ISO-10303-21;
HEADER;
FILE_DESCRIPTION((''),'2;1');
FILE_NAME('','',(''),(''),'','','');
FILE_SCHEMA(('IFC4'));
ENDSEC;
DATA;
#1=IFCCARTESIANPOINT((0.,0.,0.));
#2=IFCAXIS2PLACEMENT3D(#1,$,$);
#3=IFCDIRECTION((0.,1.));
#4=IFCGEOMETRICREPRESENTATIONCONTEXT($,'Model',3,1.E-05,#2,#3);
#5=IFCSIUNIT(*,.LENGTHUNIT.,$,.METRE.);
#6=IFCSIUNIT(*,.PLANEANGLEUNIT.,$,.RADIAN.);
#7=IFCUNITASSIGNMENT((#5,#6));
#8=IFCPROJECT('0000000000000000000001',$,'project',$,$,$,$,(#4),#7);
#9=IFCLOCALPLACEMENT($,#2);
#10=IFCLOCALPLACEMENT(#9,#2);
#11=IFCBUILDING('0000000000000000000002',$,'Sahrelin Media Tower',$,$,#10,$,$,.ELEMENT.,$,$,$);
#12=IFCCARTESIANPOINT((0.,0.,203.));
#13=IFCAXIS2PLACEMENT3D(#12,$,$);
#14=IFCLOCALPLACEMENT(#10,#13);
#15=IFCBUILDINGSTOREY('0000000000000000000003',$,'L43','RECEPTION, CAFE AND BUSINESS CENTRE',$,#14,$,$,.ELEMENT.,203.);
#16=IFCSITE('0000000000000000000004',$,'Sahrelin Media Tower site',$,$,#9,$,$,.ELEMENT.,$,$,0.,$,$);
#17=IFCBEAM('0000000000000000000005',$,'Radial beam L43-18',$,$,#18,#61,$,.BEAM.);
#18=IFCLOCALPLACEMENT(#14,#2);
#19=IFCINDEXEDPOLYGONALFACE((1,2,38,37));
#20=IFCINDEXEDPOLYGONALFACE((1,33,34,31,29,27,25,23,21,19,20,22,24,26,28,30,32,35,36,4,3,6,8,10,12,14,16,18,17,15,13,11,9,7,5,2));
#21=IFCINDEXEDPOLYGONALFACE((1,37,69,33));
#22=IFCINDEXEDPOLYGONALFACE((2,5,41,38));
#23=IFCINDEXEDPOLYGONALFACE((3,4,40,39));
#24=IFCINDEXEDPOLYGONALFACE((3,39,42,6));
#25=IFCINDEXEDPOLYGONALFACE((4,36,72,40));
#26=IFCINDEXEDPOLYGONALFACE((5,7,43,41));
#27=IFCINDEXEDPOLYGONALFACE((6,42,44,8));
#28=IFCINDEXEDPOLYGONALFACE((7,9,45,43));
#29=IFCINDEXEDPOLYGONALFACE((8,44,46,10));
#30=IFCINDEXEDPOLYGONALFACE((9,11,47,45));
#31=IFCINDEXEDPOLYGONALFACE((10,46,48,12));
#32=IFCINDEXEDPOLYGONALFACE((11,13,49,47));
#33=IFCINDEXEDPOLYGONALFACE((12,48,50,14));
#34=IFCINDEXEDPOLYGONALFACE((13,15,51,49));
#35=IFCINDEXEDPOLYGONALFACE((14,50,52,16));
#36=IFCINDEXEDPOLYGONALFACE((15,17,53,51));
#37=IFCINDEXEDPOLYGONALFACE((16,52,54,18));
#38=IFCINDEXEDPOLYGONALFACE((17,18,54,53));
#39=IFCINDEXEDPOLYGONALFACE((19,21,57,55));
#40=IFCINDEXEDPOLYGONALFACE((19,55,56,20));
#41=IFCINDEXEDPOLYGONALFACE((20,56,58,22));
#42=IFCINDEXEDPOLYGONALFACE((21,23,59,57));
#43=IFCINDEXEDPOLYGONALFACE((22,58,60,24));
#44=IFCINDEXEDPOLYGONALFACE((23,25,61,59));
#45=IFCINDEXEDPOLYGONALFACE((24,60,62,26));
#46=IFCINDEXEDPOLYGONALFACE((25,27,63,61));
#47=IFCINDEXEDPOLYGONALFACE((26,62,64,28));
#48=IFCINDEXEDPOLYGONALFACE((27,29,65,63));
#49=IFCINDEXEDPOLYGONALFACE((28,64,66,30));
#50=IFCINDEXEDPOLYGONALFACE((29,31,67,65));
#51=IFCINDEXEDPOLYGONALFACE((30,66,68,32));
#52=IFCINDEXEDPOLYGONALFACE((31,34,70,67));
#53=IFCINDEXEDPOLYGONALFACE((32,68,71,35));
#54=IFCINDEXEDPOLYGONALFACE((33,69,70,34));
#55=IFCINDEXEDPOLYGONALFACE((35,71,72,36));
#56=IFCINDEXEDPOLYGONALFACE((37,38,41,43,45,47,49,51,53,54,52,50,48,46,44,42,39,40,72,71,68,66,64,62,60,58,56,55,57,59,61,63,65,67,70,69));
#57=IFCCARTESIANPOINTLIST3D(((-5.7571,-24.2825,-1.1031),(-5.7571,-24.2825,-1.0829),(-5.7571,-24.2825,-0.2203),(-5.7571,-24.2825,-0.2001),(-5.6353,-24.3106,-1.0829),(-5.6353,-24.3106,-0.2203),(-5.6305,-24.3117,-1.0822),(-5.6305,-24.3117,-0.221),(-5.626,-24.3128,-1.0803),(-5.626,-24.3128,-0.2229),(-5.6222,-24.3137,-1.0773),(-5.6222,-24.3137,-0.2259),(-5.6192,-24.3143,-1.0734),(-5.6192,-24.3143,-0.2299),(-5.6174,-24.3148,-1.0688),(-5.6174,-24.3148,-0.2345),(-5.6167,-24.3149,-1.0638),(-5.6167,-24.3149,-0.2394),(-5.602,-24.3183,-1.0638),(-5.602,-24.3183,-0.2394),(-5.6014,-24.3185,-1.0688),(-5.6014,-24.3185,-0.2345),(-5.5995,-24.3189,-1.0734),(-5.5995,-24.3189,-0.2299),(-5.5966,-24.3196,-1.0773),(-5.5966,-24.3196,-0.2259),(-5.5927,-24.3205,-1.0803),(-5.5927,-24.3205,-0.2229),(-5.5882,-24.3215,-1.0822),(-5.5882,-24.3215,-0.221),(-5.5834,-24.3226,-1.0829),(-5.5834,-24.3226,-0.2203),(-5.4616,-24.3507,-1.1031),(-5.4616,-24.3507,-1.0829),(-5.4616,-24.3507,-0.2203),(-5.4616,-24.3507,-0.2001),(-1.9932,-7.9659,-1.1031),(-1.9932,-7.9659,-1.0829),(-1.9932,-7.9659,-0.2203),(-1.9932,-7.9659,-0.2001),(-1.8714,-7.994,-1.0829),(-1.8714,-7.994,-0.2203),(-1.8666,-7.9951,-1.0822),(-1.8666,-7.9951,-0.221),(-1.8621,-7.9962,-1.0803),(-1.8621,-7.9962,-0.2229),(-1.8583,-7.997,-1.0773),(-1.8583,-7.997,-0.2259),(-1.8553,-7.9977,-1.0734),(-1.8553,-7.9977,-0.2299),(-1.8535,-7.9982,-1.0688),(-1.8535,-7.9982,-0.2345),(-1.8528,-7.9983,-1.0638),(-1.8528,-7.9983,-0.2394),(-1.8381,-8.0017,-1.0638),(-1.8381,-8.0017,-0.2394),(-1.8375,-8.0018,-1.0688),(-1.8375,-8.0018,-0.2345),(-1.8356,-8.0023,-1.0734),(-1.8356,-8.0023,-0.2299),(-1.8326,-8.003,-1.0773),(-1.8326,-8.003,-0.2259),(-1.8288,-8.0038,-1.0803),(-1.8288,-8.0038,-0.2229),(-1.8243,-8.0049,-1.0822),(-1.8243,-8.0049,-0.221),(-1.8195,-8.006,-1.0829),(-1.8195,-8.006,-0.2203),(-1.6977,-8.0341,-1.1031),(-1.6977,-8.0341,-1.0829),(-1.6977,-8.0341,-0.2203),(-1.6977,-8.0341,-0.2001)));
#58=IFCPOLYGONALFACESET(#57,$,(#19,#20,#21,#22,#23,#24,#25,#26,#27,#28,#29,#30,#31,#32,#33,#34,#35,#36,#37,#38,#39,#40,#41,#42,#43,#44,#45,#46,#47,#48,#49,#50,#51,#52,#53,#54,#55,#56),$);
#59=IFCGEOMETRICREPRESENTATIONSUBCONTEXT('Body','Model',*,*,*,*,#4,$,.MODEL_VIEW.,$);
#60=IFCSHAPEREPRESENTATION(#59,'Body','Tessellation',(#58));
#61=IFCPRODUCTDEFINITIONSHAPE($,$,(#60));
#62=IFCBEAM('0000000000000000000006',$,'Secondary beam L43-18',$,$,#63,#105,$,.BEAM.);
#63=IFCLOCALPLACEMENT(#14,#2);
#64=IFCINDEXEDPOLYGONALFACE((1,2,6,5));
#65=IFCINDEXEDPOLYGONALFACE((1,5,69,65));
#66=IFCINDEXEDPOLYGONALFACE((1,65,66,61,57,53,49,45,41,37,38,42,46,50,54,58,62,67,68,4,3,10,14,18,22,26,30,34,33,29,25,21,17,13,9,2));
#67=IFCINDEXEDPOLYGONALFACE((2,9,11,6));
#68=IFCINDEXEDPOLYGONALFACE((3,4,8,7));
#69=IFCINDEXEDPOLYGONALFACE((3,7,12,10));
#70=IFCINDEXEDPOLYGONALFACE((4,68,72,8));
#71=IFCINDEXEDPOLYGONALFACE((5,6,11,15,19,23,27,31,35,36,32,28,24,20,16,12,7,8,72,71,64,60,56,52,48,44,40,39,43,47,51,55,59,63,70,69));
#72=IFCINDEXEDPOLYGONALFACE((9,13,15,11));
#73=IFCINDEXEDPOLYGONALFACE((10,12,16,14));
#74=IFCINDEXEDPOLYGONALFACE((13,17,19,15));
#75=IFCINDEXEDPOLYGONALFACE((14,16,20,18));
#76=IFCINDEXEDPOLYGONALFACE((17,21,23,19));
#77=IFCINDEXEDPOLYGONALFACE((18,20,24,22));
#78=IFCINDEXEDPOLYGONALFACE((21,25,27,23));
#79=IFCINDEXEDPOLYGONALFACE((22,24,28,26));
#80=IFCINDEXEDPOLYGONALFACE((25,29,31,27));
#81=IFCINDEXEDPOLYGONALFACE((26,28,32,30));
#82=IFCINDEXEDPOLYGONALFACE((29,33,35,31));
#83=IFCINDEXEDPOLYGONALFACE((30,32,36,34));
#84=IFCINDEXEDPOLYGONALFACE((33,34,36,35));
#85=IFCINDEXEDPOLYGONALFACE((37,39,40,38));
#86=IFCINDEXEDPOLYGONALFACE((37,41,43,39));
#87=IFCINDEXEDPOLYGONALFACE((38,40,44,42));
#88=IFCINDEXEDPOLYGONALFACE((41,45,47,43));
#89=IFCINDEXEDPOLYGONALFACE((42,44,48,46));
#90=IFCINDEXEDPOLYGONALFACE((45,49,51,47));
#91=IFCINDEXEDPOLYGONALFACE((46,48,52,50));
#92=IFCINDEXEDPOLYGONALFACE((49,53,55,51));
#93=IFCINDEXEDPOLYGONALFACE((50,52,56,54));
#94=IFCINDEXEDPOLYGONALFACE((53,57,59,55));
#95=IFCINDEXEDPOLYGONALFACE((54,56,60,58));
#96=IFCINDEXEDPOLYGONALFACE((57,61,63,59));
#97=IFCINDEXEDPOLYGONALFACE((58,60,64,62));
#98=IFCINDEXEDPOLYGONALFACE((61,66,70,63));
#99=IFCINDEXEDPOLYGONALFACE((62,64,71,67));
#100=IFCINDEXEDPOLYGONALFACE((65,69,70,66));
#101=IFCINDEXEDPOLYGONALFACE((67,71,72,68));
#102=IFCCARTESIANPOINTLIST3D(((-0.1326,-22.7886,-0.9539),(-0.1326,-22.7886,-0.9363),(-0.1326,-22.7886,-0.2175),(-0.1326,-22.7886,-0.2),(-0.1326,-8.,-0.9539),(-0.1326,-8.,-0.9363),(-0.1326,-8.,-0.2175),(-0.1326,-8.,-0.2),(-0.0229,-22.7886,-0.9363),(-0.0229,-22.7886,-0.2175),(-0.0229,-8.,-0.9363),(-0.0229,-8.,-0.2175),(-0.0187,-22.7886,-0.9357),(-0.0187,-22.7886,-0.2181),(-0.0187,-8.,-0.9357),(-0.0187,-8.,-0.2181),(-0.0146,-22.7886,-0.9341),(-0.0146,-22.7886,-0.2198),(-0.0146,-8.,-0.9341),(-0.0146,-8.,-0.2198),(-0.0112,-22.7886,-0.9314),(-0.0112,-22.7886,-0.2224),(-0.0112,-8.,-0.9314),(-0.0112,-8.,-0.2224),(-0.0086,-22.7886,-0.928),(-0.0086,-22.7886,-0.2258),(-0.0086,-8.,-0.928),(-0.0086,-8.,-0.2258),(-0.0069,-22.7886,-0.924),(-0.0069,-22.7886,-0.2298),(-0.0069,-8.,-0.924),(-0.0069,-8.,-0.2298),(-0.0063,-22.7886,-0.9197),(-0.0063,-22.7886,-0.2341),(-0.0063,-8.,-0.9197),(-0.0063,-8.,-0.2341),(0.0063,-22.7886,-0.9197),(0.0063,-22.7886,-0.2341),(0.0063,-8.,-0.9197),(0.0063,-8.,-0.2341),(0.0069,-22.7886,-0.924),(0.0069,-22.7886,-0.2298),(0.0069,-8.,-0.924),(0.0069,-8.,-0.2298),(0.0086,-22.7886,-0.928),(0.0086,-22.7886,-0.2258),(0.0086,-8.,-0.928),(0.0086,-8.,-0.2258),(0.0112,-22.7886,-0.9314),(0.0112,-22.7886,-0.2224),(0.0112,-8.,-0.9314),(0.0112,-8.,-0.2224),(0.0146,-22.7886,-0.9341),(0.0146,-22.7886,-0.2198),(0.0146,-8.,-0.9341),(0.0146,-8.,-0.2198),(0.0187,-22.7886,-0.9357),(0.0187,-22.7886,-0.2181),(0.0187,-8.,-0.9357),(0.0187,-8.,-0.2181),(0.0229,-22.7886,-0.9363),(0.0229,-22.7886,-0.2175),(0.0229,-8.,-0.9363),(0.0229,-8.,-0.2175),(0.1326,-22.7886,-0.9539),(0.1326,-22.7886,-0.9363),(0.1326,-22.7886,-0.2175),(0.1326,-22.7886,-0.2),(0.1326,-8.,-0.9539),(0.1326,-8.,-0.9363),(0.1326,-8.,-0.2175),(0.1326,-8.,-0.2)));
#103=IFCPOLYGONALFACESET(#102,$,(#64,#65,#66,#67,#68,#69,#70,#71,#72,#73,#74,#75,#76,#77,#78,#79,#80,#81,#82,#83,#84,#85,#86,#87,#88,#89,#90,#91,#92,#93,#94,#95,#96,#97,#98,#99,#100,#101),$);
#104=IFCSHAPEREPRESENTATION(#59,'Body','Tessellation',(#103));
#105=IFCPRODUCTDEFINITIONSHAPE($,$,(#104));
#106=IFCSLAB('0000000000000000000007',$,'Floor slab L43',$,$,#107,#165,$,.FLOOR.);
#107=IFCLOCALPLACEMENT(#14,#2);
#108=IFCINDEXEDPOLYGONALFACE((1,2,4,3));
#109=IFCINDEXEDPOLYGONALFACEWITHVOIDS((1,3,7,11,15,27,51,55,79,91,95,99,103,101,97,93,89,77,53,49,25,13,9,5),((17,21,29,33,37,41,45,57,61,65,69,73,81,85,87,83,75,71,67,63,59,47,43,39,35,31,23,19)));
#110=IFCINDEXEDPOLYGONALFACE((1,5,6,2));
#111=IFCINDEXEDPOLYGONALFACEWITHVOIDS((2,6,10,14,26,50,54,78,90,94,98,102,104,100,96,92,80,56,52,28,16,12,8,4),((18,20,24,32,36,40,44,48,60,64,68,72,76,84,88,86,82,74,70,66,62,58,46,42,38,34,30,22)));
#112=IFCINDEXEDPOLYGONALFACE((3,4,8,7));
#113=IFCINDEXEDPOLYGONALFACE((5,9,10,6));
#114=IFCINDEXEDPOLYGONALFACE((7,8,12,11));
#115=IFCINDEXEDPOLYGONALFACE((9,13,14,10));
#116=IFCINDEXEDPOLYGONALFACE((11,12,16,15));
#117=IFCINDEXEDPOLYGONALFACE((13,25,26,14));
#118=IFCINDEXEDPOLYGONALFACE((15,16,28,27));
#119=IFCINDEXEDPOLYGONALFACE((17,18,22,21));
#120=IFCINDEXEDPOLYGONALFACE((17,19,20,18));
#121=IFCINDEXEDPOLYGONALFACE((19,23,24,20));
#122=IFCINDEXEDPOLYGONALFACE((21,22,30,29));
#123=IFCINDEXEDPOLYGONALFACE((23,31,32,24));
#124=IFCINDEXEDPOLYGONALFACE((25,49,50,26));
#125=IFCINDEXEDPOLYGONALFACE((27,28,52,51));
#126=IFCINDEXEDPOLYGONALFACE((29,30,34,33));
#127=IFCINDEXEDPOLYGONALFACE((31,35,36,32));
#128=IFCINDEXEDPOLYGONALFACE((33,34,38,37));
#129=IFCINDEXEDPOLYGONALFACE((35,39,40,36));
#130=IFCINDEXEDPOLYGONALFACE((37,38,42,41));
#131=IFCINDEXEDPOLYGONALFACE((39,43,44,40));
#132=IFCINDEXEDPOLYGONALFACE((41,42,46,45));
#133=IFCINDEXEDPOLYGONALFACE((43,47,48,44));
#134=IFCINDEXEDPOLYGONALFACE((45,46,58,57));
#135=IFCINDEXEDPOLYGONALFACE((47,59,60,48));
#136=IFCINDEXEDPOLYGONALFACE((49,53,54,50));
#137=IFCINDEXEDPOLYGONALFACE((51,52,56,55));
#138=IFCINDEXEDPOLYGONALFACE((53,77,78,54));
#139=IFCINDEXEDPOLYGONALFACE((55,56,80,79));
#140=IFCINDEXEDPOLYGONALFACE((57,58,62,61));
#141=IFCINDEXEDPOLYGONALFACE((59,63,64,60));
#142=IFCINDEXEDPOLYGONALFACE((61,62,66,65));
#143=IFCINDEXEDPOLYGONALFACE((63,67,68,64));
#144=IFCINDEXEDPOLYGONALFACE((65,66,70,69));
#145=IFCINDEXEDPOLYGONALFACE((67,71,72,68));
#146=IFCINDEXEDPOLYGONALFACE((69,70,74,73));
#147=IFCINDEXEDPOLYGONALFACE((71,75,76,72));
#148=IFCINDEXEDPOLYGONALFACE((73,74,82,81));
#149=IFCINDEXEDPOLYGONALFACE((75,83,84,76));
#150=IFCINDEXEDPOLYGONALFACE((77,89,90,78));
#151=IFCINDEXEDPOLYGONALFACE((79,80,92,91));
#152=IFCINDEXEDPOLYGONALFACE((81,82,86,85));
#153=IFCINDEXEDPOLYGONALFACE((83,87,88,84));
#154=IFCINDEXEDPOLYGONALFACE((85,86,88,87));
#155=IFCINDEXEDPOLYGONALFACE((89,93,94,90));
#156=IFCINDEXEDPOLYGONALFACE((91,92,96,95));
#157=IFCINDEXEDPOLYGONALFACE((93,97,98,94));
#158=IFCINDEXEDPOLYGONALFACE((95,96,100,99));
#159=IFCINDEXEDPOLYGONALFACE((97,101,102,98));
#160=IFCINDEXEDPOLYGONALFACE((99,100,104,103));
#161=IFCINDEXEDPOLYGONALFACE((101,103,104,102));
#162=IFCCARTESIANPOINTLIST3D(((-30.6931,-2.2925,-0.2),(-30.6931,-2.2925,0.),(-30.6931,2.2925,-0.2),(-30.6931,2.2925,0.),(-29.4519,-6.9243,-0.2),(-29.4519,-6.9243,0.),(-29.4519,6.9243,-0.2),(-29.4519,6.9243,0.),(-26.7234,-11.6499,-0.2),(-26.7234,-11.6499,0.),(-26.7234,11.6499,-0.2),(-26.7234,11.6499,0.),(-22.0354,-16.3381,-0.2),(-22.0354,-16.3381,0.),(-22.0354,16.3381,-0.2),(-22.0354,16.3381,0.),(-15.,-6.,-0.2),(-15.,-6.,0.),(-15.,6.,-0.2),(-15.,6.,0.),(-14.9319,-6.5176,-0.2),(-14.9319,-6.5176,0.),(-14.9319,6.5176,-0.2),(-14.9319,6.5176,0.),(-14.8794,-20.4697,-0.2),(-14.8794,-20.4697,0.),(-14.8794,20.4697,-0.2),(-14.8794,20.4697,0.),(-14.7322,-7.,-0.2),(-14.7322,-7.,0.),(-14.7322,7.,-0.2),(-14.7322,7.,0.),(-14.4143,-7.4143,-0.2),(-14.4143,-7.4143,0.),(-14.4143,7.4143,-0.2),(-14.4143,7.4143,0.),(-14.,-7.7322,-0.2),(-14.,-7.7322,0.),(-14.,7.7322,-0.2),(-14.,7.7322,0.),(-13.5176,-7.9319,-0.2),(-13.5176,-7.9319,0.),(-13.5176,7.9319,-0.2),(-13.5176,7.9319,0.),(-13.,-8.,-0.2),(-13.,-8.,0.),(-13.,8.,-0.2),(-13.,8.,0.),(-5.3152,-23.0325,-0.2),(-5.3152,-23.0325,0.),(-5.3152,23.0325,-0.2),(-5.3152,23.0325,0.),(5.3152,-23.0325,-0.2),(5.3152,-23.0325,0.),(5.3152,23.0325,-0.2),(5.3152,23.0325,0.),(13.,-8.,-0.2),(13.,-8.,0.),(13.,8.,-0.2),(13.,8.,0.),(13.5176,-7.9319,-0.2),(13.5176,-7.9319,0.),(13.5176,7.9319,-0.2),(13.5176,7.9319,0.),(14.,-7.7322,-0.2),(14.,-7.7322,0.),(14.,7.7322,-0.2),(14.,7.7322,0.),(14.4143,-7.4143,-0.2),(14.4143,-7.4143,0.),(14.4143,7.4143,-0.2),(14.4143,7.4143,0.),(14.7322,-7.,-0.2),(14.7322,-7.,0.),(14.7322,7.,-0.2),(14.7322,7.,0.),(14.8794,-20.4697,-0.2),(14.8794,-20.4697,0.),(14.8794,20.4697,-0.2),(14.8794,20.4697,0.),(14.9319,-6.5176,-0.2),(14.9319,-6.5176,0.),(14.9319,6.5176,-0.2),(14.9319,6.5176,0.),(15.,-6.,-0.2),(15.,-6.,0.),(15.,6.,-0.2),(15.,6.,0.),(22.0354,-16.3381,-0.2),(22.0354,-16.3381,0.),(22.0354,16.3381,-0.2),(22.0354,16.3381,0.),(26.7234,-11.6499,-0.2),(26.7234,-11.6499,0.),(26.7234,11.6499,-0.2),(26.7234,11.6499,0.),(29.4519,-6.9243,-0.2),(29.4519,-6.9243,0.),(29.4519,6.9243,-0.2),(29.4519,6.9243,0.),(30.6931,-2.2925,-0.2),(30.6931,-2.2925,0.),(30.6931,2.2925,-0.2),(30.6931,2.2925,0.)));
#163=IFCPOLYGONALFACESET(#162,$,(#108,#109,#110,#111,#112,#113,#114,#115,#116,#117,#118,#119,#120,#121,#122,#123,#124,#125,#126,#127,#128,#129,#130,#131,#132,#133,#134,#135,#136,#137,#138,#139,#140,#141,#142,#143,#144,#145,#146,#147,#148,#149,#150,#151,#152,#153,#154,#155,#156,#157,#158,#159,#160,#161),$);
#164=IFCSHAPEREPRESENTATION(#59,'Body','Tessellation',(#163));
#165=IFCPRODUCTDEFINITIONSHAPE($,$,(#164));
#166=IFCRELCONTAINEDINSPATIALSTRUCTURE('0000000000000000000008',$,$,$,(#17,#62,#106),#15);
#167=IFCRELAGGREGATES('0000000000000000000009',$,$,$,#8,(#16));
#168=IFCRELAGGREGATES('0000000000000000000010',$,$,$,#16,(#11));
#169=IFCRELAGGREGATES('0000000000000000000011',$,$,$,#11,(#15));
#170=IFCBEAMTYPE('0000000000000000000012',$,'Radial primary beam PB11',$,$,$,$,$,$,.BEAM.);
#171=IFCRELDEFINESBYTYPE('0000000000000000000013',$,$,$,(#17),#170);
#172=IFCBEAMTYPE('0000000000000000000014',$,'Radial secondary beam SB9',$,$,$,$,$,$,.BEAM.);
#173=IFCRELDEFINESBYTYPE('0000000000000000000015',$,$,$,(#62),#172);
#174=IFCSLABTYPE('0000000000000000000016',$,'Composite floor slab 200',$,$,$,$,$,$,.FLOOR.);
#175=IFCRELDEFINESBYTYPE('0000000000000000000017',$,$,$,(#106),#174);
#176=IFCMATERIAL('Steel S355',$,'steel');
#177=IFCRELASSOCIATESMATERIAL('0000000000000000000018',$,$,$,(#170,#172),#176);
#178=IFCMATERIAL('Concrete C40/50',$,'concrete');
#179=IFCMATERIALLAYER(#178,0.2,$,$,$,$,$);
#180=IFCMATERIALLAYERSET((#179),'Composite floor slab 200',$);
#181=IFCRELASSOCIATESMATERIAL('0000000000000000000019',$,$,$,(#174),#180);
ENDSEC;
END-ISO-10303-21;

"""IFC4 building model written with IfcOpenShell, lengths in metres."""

from ifc_helpers import new_model, si_unit, direction, frame, origin, origin_2d, place, context, subcontext, project, spatial, polyline, i_section, outline, extrude, material, layer, layer_set, material_profile, profile_set, type_object, element, save


model = new_model("IFC4")

# Units and contexts
model_context = context("Model", 3, precision=1e-05, world=origin(), true_north=direction((0.0, 1.0)))
body_context = subcontext(model_context, "Body", "Model", "MODEL_VIEW")
ifc_project = project(units=[si_unit("LENGTHUNIT", "METRE"), si_unit("PLANEANGLEUNIT", "RADIAN")], contexts=[model_context])

# Site, building, storey
site_placement = place(None, origin())
site = spatial("IfcSite", under=ifc_project, at=site_placement, Name="Sahrelin Media Tower site", CompositionType="ELEMENT", RefElevation=0.0)
building_placement = place(site_placement, origin())
building = spatial("IfcBuilding", under=site, at=building_placement, Name="Sahrelin Media Tower", CompositionType="ELEMENT")
storey_placement = place(building_placement, frame((0.0, 0.0, 203.0)))
storey = spatial("IfcBuildingStorey", under=building, at=storey_placement, Name="L43", Description="RECEPTION, CAFE AND BUSINESS CENTRE", CompositionType="ELEMENT", Elevation=203.0)

# Beams
ifc_material_1 = material(Name="Steel S355", Category="steel")
ifc_material_profile_1 = material_profile(ifc_material_1, i_section(OverallWidth=0.3032, OverallDepth=0.9031, WebThickness=0.0151, FlangeThickness=0.0203, FilletRadius=0.019, at=origin_2d()), Name="UB 914x305x201")
ifc_profile_set_1 = profile_set([ifc_material_profile_1], Name="Steel S355")
beam_type_1 = type_object("IfcBeamType", Name="Radial primary beam PB11", PredefinedType="BEAM", material=ifc_profile_set_1)
beam_1_placement = place(storey_placement, frame((-1.8455, -8.0, -0.6516), z_axis=(-0.224776, -0.97441, 0.0), x_axis=(0.97441, -0.224776, 0.0)))
element("IfcBeam", 1, at=beam_1_placement, inside=storey, type_object=beam_type_1, Name="Radial beam L43-18", PredefinedType="BEAM", context=body_context, shape_type="SweptSolid", body=[
    extrude(i_section(OverallWidth=0.3032, OverallDepth=0.9031, WebThickness=0.0151, FlangeThickness=0.0203, FilletRadius=0.019, at=origin_2d()), origin(), (0.0, 0.0, 1.0), 16.7451),
])
ifc_material_profile_2 = material_profile(ifc_material_1, i_section(OverallWidth=0.2651, OverallDepth=0.7539, WebThickness=0.0127, FlangeThickness=0.0176, FilletRadius=0.0166, at=origin_2d()), Name="UB 762x267x147")
ifc_profile_set_2 = profile_set([ifc_material_profile_2], Name="Steel S355")
beam_type_2 = type_object("IfcBeamType", Name="Radial secondary beam SB9", PredefinedType="BEAM", material=ifc_profile_set_2)
beam_2_placement = place(storey_placement, frame((0.0, -8.0, -0.5769), z_axis=(0.0, -1.0, 0.0), x_axis=(1.0, 0.0, 0.0)))
element("IfcBeam", 2, at=beam_2_placement, inside=storey, type_object=beam_type_2, Name="Secondary beam L43-18", PredefinedType="BEAM", context=body_context, shape_type="SweptSolid", body=[
    extrude(i_section(OverallWidth=0.2651, OverallDepth=0.7539, WebThickness=0.0127, FlangeThickness=0.0176, FilletRadius=0.0166, at=origin_2d()), origin(), (0.0, 0.0, 1.0), 14.7886),
])

# Slab
ifc_material_2 = material(Name="Concrete C40/50", Category="concrete")
ifc_layer_1 = layer(ifc_material_2, 0.2)
ifc_layer_set_1 = layer_set([ifc_layer_1], Name="Composite floor slab 200")
slab_type = type_object("IfcSlabType", Name="Composite floor slab 200", PredefinedType="FLOOR", material=ifc_layer_set_1)
slab_placement = place(storey_placement, frame((0.0, 0.0, -0.2)))
element("IfcSlab", 3, at=slab_placement, inside=storey, type_object=slab_type, Name="Floor slab L43", PredefinedType="FLOOR", context=body_context, shape_type="SweptSolid", body=[
    extrude(outline(polyline([(30.6931, -2.2925), (30.6931, 2.2925), (29.4519, 6.9243), (26.7234, 11.6499), (22.0354, 16.3381), (14.8794, 20.4697), (5.3152, 23.0325), (-5.3152, 23.0325), (-14.8794, 20.4697), (-22.0354, 16.3381), (-26.7234, 11.6499), (-29.4519, 6.9243), (-30.6931, 2.2925), (-30.6931, -2.2925), (-29.4519, -6.9243), (-26.7234, -11.6499), (-22.0354, -16.3381), (-14.8794, -20.4697), (-5.3152, -23.0325), (5.3152, -23.0325), (14.8794, -20.4697), (22.0354, -16.3381), (26.7234, -11.6499), (29.4519, -6.9243), (30.6931, -2.2925)]), holes=[polyline([(14.9319, 6.5176), (15.0, 6.0), (15.0, -6.0), (14.9319, -6.5176), (14.7322, -7.0), (14.4143, -7.4143), (14.0, -7.7322), (13.5176, -7.9319), (13.0, -8.0), (-13.0, -8.0), (-13.5176, -7.9319), (-14.0, -7.7322), (-14.4143, -7.4143), (-14.7322, -7.0), (-14.9319, -6.5176), (-15.0, -6.0), (-15.0, 6.0), (-14.9319, 6.5176), (-14.7322, 7.0), (-14.4143, 7.4143), (-14.0, 7.7322), (-13.5176, 7.9319), (-13.0, 8.0), (13.0, 8.0), (13.5176, 7.9319), (14.0, 7.7322), (14.4143, 7.4143), (14.7322, 7.0), (14.9319, 6.5176)])]), origin(), (0.0, 0.0, 1.0), 0.2),
])

save(model, "model.ifc")
